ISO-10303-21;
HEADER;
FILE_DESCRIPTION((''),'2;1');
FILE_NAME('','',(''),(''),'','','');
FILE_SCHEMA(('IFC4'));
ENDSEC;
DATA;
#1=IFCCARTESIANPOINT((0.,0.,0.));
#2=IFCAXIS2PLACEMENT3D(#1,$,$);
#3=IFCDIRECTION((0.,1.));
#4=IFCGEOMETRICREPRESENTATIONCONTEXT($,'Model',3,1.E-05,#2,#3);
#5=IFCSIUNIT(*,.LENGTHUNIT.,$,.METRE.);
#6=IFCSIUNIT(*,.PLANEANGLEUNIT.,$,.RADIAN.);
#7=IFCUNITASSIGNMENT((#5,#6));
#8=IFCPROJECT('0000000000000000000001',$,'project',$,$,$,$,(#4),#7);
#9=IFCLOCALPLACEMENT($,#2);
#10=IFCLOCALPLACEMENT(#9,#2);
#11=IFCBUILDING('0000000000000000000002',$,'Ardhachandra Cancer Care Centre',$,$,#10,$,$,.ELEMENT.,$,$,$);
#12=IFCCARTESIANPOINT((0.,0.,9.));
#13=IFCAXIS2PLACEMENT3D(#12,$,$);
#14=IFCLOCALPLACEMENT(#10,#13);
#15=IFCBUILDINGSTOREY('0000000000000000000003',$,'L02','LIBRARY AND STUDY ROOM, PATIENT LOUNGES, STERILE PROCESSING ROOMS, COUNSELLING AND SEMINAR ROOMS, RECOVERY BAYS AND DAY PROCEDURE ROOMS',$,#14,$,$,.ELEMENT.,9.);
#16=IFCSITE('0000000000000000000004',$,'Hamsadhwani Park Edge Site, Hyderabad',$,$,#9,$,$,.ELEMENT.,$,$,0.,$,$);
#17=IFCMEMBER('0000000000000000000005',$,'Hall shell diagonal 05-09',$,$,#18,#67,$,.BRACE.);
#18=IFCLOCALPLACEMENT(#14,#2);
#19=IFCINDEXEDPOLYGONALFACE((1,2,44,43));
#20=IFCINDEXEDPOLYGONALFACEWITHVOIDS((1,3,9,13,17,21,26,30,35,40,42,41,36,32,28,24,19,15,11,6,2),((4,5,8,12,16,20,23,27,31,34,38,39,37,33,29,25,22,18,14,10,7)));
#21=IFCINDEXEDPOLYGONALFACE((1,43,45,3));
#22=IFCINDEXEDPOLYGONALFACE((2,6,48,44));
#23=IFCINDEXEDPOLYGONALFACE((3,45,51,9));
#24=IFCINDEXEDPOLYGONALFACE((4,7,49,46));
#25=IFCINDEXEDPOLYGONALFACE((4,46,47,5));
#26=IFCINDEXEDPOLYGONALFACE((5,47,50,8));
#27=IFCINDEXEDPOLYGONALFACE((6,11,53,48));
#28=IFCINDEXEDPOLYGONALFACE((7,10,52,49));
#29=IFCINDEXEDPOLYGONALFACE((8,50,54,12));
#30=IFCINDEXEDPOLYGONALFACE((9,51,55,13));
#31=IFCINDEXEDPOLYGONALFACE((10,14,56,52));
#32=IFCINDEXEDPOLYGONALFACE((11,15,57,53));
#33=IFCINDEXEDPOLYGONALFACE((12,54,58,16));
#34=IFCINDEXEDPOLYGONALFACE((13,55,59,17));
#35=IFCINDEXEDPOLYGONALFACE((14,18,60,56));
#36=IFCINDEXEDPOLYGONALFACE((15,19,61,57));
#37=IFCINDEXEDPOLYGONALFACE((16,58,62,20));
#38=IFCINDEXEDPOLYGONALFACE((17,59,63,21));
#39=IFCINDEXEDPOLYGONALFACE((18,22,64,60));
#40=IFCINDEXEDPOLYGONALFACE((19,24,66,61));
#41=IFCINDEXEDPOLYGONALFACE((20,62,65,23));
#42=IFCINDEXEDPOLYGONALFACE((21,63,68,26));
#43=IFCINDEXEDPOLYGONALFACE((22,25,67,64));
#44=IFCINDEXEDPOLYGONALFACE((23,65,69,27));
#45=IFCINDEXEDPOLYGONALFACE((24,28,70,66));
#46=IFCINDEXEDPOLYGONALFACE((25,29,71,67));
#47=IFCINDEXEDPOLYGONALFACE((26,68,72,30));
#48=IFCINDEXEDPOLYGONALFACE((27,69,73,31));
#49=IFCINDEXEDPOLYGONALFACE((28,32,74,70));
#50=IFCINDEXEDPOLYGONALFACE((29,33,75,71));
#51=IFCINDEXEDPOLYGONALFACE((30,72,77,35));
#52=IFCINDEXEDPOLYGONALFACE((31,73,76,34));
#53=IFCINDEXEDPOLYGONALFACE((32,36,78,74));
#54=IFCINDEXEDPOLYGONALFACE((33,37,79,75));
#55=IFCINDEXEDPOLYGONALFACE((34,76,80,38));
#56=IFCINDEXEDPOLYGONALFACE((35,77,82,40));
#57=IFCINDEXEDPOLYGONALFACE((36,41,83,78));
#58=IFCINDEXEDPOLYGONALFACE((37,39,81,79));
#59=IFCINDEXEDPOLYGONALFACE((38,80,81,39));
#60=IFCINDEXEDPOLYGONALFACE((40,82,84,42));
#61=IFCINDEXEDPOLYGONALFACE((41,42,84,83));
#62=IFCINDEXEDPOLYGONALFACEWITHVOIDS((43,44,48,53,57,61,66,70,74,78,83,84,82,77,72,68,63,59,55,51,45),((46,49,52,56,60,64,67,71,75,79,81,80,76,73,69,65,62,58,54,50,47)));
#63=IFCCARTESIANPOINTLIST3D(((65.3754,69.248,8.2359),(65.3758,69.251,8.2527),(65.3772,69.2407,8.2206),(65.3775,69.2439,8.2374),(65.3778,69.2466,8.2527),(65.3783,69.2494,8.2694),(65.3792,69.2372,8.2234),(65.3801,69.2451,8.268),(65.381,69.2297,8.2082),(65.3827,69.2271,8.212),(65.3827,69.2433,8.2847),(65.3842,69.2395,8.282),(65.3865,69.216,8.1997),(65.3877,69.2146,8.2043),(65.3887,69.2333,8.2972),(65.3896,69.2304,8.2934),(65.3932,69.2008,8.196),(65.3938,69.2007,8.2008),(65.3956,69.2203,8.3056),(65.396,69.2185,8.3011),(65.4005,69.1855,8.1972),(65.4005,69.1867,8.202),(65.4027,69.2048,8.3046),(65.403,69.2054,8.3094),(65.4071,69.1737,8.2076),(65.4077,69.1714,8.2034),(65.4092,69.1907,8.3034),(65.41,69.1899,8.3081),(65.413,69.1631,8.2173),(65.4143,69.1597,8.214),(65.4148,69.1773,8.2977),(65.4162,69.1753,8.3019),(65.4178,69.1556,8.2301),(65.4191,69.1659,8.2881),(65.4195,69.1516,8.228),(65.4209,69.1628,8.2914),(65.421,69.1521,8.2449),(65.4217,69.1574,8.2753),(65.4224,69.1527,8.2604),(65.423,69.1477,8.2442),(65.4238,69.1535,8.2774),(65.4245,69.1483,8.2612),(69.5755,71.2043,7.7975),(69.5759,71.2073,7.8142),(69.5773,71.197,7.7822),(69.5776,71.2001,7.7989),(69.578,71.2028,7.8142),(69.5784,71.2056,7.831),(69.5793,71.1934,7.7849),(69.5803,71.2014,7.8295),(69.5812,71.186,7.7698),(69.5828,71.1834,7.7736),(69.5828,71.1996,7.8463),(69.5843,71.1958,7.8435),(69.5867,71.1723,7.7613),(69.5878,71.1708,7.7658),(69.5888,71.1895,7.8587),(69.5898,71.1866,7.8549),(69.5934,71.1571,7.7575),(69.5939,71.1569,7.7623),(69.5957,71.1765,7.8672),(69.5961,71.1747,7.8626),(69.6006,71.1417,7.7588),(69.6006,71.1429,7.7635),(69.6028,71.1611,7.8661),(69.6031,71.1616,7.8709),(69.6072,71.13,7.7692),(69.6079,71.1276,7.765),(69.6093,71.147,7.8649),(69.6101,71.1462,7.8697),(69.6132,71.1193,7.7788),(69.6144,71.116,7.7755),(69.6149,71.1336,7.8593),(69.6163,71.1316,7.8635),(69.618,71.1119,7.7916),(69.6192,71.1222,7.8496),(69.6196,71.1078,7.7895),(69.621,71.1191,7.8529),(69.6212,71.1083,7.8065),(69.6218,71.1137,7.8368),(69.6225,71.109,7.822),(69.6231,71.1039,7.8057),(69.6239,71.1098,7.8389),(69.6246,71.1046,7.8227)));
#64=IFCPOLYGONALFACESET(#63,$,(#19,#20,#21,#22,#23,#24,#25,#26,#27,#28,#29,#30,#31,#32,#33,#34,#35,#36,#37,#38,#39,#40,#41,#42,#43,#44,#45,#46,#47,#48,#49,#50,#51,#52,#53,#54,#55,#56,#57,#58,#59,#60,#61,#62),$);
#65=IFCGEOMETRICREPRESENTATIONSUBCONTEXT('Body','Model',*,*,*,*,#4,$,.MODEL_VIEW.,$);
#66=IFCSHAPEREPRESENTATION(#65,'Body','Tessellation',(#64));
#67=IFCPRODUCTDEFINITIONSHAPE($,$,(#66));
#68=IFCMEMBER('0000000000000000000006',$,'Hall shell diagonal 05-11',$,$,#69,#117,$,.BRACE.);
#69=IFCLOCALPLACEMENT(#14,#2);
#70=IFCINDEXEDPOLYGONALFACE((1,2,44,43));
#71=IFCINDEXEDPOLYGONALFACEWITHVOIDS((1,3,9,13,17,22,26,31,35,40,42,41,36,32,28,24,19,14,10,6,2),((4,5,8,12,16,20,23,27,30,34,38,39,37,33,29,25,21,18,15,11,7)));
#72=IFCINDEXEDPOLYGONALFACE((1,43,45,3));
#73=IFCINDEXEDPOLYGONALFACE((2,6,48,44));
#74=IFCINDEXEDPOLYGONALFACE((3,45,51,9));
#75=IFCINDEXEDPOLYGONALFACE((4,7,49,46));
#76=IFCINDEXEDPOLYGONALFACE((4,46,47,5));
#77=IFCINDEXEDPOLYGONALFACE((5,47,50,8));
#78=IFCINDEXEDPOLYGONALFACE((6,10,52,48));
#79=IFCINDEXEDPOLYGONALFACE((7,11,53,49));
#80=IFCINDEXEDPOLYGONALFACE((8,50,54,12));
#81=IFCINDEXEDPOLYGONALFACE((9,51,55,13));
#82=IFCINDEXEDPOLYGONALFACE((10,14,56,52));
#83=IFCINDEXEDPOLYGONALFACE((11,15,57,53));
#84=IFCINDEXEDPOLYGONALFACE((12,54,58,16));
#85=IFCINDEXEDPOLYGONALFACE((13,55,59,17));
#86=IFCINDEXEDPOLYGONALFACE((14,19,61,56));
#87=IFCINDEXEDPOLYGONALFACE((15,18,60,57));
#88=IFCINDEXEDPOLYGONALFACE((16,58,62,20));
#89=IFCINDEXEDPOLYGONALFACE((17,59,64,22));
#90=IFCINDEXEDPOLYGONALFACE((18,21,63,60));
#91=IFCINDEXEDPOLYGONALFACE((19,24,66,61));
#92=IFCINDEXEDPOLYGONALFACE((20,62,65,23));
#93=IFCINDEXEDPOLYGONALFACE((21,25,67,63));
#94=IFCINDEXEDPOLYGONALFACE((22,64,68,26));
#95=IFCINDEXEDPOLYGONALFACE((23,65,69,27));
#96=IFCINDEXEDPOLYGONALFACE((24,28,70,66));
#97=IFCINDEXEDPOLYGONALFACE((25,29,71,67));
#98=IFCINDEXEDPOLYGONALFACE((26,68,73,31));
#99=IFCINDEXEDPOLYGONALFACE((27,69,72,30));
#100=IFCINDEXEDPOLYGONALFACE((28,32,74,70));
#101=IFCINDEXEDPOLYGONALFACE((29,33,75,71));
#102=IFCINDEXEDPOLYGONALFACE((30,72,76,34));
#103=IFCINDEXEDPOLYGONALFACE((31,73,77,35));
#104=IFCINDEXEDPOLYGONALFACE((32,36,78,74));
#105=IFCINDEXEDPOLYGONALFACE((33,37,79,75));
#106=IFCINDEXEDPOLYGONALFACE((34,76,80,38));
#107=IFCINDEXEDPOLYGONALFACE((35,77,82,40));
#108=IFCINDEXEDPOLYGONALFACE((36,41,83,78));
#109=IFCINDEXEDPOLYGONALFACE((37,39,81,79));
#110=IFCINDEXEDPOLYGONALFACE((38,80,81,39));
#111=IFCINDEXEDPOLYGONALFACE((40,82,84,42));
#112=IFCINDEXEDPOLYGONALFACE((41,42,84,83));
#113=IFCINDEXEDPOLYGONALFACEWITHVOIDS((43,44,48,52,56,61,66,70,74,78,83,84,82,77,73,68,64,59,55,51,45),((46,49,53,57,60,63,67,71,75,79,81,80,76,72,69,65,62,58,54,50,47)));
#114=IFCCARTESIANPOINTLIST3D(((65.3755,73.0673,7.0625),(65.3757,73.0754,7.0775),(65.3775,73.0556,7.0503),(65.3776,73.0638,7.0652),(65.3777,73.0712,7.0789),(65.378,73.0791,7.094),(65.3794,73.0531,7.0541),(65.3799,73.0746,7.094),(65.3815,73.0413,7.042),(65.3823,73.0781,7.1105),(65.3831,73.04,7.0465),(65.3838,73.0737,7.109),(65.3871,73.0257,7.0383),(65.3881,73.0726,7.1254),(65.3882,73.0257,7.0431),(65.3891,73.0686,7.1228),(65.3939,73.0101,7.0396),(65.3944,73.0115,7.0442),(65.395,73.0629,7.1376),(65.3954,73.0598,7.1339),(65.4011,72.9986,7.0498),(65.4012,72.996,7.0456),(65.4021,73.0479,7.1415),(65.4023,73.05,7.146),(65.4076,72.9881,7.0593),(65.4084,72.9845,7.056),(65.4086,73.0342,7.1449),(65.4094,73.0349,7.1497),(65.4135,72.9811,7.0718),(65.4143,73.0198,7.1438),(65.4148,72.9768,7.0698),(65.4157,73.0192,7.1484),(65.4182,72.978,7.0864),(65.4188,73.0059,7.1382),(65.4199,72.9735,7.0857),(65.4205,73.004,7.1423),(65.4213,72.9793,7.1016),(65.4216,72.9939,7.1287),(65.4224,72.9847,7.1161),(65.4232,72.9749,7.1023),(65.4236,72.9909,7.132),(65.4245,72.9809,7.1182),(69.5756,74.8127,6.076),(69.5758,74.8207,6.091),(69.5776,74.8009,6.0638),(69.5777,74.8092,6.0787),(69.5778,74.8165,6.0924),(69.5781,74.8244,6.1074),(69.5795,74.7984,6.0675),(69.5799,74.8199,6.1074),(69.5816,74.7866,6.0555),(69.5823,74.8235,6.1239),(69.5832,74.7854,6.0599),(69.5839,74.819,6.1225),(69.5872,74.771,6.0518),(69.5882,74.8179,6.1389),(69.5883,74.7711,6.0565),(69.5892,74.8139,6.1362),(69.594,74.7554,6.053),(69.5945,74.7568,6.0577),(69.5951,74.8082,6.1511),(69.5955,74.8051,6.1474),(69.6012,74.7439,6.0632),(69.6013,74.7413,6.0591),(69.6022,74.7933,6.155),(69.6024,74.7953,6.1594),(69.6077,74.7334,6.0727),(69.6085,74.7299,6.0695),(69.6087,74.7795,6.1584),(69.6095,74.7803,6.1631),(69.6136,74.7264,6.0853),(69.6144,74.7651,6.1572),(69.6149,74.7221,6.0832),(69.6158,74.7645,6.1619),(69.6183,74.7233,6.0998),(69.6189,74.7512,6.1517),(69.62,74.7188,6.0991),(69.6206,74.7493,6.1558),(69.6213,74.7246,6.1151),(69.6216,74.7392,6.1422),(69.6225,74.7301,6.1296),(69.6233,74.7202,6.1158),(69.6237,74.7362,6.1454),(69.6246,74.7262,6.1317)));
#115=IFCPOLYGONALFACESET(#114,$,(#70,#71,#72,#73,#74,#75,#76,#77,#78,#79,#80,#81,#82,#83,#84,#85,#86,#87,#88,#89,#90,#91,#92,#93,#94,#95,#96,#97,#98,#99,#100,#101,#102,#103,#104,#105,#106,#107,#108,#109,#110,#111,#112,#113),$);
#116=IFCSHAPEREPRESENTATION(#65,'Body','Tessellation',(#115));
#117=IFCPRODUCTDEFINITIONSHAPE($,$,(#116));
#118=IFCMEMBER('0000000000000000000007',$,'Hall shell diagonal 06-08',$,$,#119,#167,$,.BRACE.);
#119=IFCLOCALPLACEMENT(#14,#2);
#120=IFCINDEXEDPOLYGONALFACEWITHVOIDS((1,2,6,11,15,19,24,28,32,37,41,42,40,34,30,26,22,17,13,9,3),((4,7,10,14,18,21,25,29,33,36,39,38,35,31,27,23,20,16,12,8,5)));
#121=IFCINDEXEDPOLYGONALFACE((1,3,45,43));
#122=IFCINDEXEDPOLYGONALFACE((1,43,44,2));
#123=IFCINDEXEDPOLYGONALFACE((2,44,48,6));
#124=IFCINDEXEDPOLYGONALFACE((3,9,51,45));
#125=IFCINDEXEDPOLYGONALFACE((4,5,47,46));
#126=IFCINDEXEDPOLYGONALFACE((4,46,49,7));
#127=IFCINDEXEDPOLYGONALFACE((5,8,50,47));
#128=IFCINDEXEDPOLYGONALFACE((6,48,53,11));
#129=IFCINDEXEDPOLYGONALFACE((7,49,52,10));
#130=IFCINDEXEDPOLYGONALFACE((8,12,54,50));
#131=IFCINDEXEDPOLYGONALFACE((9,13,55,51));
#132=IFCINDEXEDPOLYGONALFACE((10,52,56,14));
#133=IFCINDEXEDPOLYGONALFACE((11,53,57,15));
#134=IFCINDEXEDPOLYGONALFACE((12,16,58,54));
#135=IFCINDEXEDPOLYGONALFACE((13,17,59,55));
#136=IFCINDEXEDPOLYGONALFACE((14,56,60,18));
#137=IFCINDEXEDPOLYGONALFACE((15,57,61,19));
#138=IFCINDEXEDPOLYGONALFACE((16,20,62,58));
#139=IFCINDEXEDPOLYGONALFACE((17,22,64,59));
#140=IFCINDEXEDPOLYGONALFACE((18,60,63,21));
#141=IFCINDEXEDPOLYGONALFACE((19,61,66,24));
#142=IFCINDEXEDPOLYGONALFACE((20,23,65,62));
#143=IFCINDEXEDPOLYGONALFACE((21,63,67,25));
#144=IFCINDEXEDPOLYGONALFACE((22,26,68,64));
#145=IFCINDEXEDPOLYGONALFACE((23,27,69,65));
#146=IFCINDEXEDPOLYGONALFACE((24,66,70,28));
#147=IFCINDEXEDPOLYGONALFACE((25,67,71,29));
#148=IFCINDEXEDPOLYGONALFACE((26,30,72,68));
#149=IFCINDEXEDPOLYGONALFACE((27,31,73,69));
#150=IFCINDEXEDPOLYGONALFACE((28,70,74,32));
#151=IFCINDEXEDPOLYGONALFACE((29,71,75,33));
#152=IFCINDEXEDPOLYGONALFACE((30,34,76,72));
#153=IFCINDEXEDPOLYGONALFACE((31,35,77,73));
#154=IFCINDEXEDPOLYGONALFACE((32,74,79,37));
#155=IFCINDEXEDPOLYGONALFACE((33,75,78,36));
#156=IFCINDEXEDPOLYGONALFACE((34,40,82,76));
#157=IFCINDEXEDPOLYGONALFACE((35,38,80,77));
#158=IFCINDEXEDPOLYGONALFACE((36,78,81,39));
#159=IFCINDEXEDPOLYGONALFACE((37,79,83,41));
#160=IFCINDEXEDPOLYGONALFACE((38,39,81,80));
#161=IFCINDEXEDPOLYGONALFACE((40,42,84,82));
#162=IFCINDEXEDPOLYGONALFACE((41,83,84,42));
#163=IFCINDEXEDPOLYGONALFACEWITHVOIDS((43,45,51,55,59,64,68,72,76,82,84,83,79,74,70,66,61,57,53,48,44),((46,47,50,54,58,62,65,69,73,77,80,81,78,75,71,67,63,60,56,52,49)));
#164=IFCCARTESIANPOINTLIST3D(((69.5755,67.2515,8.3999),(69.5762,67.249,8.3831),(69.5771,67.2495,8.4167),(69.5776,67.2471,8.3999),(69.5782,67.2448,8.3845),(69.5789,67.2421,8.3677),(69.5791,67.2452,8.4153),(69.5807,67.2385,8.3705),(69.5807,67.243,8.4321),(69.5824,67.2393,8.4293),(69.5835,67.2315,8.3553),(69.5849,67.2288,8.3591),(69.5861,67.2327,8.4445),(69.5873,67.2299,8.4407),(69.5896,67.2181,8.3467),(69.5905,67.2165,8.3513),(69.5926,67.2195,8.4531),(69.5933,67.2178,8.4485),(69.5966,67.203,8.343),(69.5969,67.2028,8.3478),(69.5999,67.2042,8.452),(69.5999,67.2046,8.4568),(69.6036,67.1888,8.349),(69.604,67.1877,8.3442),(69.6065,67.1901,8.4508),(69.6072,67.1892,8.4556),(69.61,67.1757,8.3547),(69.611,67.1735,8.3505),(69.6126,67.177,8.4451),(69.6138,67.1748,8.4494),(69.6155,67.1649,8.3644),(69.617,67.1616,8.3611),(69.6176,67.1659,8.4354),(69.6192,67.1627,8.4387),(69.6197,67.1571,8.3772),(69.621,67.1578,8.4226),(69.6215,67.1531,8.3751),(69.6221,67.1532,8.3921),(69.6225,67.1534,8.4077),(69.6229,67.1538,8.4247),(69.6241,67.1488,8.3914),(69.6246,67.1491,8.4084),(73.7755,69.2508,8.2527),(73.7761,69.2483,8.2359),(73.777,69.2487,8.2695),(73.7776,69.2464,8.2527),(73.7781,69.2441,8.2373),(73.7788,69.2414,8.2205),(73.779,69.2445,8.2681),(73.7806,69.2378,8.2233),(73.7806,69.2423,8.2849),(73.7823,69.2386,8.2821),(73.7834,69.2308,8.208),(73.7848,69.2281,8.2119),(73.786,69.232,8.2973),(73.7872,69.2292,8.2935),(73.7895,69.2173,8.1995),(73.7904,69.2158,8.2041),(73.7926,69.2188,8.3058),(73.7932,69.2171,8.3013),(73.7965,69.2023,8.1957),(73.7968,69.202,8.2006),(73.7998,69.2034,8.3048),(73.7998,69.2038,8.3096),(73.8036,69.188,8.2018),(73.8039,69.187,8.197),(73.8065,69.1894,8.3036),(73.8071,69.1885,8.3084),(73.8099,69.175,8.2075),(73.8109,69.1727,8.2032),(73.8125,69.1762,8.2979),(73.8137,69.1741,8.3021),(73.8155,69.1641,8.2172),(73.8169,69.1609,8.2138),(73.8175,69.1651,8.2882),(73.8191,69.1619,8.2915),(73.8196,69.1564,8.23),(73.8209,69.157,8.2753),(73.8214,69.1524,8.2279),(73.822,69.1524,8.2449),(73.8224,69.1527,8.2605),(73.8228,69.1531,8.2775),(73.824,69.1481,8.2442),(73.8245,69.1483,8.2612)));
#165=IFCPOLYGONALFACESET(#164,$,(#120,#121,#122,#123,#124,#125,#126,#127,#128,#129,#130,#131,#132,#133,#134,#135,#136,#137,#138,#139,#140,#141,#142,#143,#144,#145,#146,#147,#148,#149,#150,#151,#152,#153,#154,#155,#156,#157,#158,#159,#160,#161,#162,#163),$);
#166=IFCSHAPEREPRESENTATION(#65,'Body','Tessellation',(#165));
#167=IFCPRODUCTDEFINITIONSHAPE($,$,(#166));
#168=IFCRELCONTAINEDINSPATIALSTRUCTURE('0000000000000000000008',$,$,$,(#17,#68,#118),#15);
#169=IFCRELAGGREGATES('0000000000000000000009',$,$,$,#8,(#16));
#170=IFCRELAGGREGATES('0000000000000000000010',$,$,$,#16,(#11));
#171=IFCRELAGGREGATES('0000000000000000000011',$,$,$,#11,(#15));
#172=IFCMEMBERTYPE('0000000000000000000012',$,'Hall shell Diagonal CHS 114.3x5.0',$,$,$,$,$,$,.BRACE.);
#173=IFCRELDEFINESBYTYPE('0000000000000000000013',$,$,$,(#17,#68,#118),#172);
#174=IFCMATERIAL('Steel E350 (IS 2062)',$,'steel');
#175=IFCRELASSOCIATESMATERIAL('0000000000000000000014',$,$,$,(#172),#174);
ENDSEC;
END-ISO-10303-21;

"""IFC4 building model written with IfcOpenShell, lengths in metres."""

from ifc_helpers import new_model, si_unit, direction, frame, origin, origin_2d, place, context, subcontext, project, spatial, hollow_circle, extrude, material, material_profile, profile_set, type_object, element, save


model = new_model("IFC4")

# Units and contexts
model_context = context("Model", 3, precision=1e-05, world=origin(), true_north=direction((0.0, 1.0)))
body_context = subcontext(model_context, "Body", "Model", "MODEL_VIEW")
ifc_project = project(units=[si_unit("LENGTHUNIT", "METRE"), si_unit("PLANEANGLEUNIT", "RADIAN")], contexts=[model_context])

# Site, building, storey
site_placement = place(None, origin())
site = spatial("IfcSite", under=ifc_project, at=site_placement, Name="Hamsadhwani Park Edge Site, Hyderabad", CompositionType="ELEMENT", RefElevation=0.0)
building_placement = place(site_placement, origin())
building = spatial("IfcBuilding", under=site, at=building_placement, Name="Ardhachandra Cancer Care Centre", CompositionType="ELEMENT")
storey_placement = place(building_placement, frame((0.0, 0.0, 9.0)))
storey = spatial("IfcBuildingStorey", under=building, at=storey_placement, Name="L02", Description="LIBRARY AND STUDY ROOM, PATIENT LOUNGES, STERILE PROCESSING ROOMS, COUNSELLING AND SEMINAR ROOMS, RECOVERY BAYS AND DAY PROCEDURE ROOMS", CompositionType="ELEMENT", Elevation=9.0)

# Members
ifc_material_1 = material(Name="Steel E350 (IS 2062)", Category="steel")
ifc_material_profile_1 = material_profile(ifc_material_1, hollow_circle(Radius=0.0571, WallThickness=0.0049, at=origin_2d()), Name="CHS 114.3x5.0")
ifc_profile_set_1 = profile_set([ifc_material_profile_1], Name="Steel E350 (IS 2062)")
member_type_1 = type_object("IfcMemberType", Name="Hall shell Diagonal CHS 114.3x5.0", PredefinedType="BRACE", material=ifc_profile_set_1)
for number, where, z_axis, x_axis, name in (
    (1, (65.3999, 69.1992, 8.2527), (0.902465, 0.420335, -0.094212), (-0.422213, 0.906497, 0.0), "Hall shell diagonal 05-09"),
    (2, (65.3999, 73.0264, 7.094), (0.902459, 0.375011, -0.211976), (-0.383731, 0.923445, 0.0), "Hall shell diagonal 05-11"),
):
    element("IfcMember", number, at=place(storey_placement, frame(where, z_axis=z_axis, x_axis=x_axis)), inside=storey, type_object=member_type_1, Name=name, PredefinedType="BRACE", context=body_context, shape_type="SweptSolid", body=[
        extrude(hollow_circle(Radius=0.0571, WallThickness=0.0049, at=origin_2d()), origin(), (0.0, 0.0, 1.0), 4.6541),
    ])
member_1_placement = place(storey_placement, frame((69.6001, 67.2, 8.3999), z_axis=(0.902468, 0.429594, -0.031633), x_axis=(-0.429809, 0.90292, 0.0)))
element("IfcMember", 3, at=member_1_placement, inside=storey, type_object=member_type_1, Name="Hall shell diagonal 06-08", PredefinedType="BRACE", context=body_context, shape_type="SweptSolid", body=[
    extrude(hollow_circle(Radius=0.0571, WallThickness=0.0049, at=origin_2d()), origin(), (0.0, 0.0, 1.0), 4.6538),
])

save(model, "model.ifc")
